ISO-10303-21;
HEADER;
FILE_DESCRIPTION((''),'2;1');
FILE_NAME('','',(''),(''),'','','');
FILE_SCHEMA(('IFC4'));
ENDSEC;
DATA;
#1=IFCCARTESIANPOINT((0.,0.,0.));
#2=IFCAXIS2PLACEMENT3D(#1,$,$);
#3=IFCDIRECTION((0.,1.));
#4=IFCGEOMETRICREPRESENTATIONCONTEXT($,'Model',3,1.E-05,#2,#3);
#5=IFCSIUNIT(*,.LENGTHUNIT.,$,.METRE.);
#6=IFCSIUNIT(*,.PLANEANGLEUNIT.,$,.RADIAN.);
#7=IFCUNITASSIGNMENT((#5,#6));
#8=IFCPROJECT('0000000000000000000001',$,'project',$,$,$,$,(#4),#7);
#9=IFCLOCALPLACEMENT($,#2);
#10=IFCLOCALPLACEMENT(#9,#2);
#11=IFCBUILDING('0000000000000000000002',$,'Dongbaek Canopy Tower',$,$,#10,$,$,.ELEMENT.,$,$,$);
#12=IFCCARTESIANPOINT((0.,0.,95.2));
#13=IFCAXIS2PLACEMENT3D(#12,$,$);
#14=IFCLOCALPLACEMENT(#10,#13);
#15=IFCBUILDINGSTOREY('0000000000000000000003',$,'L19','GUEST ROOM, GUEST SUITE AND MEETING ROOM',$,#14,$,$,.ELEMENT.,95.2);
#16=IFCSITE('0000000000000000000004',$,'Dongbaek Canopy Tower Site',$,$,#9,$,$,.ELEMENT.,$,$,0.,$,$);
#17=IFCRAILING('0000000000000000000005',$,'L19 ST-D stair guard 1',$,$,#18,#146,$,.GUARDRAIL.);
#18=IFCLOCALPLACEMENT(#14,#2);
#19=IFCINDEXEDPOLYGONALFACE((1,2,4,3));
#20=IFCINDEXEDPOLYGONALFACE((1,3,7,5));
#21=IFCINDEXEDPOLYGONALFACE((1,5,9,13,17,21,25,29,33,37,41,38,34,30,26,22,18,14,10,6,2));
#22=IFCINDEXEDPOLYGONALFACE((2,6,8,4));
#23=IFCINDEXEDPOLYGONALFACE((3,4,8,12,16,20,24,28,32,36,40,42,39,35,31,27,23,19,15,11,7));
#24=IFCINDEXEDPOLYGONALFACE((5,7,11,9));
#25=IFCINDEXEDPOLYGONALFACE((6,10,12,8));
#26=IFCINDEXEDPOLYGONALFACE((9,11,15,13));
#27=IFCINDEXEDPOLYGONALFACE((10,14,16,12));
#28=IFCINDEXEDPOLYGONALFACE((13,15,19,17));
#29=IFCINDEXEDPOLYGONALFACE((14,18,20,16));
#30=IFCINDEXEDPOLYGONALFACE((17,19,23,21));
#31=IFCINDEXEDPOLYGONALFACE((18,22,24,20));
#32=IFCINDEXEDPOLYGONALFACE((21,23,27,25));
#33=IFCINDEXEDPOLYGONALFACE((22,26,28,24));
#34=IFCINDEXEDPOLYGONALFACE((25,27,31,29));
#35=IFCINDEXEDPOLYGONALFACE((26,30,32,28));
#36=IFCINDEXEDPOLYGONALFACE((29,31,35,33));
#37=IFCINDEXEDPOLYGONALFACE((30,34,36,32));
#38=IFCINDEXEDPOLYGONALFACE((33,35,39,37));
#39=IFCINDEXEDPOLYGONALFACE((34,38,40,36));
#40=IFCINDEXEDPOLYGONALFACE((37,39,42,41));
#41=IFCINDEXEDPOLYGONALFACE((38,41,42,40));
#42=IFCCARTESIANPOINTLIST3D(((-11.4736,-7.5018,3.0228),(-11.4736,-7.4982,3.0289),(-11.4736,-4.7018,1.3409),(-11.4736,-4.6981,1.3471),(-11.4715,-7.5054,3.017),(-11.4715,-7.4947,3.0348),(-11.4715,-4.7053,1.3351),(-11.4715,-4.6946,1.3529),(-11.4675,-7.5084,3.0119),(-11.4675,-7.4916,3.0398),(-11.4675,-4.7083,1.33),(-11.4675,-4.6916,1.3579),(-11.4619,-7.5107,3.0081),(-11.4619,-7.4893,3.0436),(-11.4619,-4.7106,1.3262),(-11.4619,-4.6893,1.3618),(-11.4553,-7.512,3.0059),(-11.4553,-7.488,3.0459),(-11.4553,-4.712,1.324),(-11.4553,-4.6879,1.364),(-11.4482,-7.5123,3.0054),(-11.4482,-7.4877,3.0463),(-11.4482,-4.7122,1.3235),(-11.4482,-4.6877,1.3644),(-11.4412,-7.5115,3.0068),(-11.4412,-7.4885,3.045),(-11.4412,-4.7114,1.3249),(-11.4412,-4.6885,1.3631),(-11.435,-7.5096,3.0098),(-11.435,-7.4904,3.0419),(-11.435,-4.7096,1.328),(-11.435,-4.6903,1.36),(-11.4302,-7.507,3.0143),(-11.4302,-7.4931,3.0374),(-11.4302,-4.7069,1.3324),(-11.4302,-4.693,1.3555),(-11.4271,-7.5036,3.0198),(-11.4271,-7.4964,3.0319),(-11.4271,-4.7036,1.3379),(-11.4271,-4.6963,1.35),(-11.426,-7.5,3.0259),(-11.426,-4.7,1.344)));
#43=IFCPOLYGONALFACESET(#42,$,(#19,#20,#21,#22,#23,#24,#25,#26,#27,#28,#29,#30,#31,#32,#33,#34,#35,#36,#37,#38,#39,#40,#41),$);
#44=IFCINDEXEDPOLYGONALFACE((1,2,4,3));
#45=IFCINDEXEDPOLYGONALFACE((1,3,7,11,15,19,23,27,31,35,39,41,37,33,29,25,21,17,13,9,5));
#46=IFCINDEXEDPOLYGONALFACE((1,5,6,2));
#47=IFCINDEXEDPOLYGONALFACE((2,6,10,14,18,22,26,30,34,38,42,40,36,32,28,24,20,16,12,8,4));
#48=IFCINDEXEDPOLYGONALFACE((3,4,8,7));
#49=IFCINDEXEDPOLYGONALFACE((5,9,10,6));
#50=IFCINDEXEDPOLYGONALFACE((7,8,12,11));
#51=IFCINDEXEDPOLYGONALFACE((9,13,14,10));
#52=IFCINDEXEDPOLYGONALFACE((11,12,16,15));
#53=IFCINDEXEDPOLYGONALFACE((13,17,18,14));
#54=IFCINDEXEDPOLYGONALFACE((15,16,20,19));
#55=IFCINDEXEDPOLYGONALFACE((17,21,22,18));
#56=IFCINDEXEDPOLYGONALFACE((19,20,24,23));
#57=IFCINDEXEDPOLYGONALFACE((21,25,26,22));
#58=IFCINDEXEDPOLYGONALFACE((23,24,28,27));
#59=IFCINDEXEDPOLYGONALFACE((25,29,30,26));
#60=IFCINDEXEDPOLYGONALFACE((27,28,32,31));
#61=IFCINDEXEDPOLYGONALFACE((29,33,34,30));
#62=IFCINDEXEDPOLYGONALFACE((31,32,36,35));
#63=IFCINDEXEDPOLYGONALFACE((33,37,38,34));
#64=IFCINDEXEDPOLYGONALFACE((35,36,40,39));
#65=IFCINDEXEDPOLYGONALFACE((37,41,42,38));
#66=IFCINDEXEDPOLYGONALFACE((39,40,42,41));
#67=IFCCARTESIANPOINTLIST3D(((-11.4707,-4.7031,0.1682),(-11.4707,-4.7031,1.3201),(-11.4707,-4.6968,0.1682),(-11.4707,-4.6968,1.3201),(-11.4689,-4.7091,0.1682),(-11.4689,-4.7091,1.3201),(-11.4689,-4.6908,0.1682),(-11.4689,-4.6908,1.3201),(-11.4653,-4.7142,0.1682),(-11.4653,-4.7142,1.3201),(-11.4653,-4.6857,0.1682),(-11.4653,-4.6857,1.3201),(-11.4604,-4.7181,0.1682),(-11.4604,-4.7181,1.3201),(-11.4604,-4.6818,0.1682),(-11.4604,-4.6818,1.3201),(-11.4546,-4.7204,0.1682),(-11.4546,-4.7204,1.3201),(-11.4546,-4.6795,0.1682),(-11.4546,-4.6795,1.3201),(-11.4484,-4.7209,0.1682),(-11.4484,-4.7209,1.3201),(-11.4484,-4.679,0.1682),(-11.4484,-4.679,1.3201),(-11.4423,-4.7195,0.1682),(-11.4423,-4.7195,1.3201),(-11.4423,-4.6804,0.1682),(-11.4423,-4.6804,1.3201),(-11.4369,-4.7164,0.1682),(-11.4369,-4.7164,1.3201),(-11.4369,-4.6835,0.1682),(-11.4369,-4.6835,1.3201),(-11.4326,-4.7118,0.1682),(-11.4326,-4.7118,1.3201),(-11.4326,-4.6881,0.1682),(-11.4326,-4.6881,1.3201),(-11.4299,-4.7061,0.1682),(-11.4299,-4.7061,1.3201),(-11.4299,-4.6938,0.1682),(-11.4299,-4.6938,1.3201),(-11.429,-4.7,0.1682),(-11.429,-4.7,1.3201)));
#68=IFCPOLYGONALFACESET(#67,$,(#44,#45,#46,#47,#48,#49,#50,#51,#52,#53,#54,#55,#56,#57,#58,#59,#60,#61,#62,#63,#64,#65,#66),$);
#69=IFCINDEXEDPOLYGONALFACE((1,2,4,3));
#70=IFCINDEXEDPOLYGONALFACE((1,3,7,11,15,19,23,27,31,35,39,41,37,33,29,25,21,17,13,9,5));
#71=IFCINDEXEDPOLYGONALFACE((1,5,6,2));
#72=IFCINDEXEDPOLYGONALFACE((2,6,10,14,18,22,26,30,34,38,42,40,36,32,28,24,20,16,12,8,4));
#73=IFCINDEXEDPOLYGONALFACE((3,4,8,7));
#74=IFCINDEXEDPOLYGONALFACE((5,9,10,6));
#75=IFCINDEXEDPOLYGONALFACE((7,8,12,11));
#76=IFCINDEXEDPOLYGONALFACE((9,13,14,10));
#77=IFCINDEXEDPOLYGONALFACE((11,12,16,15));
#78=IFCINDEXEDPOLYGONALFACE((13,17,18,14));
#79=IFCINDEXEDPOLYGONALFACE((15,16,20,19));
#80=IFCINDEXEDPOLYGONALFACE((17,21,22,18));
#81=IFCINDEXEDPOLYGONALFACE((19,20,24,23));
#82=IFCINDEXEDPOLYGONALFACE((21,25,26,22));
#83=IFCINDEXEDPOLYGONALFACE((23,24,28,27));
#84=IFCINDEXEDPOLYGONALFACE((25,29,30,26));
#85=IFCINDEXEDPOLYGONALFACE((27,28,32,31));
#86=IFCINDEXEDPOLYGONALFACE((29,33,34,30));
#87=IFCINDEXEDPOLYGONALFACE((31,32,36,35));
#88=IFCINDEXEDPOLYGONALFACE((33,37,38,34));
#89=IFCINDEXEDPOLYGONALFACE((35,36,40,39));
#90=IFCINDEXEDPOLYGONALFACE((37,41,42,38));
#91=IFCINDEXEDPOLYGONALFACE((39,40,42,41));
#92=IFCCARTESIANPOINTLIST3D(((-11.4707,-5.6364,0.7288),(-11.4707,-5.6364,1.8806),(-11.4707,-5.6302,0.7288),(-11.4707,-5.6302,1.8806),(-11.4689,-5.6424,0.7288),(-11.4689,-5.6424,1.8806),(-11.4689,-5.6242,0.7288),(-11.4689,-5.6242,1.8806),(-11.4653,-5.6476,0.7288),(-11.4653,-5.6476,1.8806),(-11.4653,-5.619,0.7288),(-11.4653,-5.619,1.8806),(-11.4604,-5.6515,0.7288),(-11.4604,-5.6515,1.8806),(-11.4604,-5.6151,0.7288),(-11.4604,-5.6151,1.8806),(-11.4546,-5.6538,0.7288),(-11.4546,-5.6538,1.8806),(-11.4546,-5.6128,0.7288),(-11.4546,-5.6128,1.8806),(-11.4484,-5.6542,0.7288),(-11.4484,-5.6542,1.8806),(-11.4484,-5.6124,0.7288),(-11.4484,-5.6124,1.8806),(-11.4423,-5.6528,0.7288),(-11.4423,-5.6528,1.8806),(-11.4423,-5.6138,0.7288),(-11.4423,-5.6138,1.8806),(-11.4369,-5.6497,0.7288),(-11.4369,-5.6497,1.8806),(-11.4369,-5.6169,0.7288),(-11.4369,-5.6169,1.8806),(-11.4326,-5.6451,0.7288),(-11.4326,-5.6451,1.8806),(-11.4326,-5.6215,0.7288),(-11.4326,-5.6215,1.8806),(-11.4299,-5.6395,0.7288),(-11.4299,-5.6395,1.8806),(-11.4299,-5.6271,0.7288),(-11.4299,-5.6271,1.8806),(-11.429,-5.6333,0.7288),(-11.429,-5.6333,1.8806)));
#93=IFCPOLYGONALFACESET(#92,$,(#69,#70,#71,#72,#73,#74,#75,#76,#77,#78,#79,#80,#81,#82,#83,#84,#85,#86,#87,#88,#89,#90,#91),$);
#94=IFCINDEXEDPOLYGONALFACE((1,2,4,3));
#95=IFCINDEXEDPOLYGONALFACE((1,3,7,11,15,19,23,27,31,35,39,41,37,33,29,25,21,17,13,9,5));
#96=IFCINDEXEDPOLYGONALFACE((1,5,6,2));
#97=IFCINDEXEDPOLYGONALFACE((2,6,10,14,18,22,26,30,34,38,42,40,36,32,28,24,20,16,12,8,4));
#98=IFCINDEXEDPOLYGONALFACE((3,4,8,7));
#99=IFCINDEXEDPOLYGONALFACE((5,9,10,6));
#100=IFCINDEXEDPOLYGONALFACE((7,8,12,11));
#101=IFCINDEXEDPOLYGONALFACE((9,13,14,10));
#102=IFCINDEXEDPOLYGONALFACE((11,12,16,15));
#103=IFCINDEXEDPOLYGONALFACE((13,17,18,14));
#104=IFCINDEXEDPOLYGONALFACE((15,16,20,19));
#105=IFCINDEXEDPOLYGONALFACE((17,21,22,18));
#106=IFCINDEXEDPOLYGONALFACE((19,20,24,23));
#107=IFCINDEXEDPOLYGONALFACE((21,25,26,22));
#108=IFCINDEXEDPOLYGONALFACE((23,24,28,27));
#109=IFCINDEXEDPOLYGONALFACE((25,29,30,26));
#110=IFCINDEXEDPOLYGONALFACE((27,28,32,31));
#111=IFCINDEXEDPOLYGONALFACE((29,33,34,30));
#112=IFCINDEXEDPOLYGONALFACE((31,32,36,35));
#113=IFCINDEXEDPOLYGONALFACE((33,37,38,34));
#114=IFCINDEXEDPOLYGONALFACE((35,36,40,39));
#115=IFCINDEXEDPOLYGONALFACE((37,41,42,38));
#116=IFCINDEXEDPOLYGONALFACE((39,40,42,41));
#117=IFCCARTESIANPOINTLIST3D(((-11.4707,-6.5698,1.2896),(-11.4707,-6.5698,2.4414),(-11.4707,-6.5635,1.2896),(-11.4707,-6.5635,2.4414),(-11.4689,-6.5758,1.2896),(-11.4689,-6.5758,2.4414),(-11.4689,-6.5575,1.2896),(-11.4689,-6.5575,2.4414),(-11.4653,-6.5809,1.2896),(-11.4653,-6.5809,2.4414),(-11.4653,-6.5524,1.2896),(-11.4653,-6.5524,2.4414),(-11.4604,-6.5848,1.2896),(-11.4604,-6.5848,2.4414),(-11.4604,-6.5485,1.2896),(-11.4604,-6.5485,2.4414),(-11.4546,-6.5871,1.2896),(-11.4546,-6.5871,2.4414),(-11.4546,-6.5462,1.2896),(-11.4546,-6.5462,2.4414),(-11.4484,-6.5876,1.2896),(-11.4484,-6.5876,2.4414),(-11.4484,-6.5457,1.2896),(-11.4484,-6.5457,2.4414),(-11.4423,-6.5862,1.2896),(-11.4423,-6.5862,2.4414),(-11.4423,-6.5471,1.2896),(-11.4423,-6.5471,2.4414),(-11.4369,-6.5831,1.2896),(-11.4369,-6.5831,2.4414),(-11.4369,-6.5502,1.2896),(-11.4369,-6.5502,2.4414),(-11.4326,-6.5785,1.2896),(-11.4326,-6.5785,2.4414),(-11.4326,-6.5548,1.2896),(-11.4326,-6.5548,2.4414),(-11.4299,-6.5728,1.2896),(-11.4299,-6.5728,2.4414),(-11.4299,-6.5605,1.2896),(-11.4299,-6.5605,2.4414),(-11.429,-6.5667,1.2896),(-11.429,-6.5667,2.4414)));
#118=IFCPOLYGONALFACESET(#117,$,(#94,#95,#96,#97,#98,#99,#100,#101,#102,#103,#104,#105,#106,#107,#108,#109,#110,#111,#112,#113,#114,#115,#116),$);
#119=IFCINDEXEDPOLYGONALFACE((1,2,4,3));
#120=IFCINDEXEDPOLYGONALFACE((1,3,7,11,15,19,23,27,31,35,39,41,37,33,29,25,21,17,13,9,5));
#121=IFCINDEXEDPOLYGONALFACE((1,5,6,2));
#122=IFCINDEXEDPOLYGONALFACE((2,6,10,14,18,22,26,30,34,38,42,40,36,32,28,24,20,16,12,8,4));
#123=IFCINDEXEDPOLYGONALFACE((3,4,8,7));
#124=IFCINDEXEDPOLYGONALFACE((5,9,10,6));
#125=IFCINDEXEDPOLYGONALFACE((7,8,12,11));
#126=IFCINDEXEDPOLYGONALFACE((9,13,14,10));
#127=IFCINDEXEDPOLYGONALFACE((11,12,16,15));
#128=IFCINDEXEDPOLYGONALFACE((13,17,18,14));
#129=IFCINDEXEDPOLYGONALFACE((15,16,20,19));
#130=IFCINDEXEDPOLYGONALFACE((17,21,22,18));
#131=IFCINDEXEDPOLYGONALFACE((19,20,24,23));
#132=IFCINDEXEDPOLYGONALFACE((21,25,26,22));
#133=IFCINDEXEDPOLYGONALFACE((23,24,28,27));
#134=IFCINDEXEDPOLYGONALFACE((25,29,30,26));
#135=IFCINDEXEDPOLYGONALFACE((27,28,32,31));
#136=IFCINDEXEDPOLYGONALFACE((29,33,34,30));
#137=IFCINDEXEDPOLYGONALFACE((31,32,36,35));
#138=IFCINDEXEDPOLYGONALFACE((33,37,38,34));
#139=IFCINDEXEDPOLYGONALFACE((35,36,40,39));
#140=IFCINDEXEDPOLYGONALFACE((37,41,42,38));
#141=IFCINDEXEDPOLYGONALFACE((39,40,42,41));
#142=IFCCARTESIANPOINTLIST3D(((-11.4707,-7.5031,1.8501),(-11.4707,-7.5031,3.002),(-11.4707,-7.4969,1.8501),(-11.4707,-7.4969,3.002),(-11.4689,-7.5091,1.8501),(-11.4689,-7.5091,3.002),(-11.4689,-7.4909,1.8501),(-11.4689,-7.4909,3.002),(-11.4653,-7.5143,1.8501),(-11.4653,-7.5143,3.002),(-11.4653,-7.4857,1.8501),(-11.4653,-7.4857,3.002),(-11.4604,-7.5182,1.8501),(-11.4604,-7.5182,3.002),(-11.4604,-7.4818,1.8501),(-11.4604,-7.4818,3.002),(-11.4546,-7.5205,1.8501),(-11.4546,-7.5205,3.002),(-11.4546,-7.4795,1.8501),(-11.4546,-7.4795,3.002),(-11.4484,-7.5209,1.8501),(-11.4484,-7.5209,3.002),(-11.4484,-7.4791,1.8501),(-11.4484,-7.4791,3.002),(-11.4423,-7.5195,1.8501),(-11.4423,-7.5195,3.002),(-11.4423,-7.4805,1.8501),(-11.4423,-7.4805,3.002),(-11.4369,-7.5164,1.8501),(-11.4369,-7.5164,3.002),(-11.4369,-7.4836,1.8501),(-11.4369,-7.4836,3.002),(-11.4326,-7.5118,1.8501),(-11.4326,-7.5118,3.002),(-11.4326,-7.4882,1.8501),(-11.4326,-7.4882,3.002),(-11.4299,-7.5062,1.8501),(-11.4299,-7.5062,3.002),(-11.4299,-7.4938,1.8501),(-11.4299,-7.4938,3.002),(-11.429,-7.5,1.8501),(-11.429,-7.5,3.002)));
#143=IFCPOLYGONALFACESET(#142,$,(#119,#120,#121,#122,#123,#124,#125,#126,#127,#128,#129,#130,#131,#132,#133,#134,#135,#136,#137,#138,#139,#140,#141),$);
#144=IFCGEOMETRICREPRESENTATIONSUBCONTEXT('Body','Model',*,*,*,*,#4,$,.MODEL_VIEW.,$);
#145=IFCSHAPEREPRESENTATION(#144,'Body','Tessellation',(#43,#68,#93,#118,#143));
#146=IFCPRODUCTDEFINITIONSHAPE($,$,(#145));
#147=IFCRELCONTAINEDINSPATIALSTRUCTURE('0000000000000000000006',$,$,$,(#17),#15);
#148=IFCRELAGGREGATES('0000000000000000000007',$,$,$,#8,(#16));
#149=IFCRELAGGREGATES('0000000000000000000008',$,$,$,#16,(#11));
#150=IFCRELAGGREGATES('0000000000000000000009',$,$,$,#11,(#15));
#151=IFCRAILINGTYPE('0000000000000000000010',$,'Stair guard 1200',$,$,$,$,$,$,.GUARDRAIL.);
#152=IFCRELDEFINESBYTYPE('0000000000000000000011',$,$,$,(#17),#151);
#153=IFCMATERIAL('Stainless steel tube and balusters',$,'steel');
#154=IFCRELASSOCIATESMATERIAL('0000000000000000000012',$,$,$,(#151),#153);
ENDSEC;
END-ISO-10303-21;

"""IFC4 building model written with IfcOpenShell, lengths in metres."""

from ifc_helpers import new_model, si_unit, direction, frame, origin, origin_2d, place, context, subcontext, project, spatial, circle, extrude, material, type_object, element, save


model = new_model("IFC4")

# Units and contexts
model_context = context("Model", 3, precision=1e-05, world=origin(), true_north=direction((0.0, 1.0)))
body_context = subcontext(model_context, "Body", "Model", "MODEL_VIEW")
ifc_project = project(units=[si_unit("LENGTHUNIT", "METRE"), si_unit("PLANEANGLEUNIT", "RADIAN")], contexts=[model_context])

# Site, building, storey
site_placement = place(None, origin())
site = spatial("IfcSite", under=ifc_project, at=site_placement, Name="Dongbaek Canopy Tower Site", CompositionType="ELEMENT", RefElevation=0.0)
building_placement = place(site_placement, origin())
building = spatial("IfcBuilding", under=site, at=building_placement, Name="Dongbaek Canopy Tower", CompositionType="ELEMENT")
storey_placement = place(building_placement, frame((0.0, 0.0, 95.2)))
storey = spatial("IfcBuildingStorey", under=building, at=storey_placement, Name="L19", Description="GUEST ROOM, GUEST SUITE AND MEETING ROOM", CompositionType="ELEMENT", Elevation=95.2)

# Railing
ifc_material_1 = material(Name="Stainless steel tube and balusters", Category="steel")
railing_type_1 = type_object("IfcRailingType", Name="Stair guard 1200", PredefinedType="GUARDRAIL", material=ifc_material_1)
railing_1_placement = place(storey_placement, frame((-11.45, -4.7, 0.1682)))
element("IfcRailing", 1, at=railing_1_placement, inside=storey, type_object=railing_type_1, Name="L19 ST-D stair guard 1", PredefinedType="GUARDRAIL", context=body_context, shape_type="SweptSolid", body=[
    extrude(circle(Radius=0.0239, at=origin_2d()), frame((0.0, 0.0, 1.1758), z_axis=(0.0, -0.857242, 0.514913), x_axis=(1.0, 0.0, 0.0)), (0.0, 0.0, 1.0), 3.2664),
    extrude(circle(Radius=0.021, at=origin_2d()), origin(), (0.0, 0.0, 1.0), 1.1519),
    extrude(circle(Radius=0.021, at=origin_2d()), frame((0.0, -0.9333, 0.5605)), (0.0, 0.0, 1.0), 1.1519),
    extrude(circle(Radius=0.021, at=origin_2d()), frame((0.0, -1.8667, 1.1213)), (0.0, 0.0, 1.0), 1.1519),
    extrude(circle(Radius=0.021, at=origin_2d()), frame((0.0, -2.8, 1.6819)), (0.0, 0.0, 1.0), 1.1519),
])

save(model, "model.ifc")
